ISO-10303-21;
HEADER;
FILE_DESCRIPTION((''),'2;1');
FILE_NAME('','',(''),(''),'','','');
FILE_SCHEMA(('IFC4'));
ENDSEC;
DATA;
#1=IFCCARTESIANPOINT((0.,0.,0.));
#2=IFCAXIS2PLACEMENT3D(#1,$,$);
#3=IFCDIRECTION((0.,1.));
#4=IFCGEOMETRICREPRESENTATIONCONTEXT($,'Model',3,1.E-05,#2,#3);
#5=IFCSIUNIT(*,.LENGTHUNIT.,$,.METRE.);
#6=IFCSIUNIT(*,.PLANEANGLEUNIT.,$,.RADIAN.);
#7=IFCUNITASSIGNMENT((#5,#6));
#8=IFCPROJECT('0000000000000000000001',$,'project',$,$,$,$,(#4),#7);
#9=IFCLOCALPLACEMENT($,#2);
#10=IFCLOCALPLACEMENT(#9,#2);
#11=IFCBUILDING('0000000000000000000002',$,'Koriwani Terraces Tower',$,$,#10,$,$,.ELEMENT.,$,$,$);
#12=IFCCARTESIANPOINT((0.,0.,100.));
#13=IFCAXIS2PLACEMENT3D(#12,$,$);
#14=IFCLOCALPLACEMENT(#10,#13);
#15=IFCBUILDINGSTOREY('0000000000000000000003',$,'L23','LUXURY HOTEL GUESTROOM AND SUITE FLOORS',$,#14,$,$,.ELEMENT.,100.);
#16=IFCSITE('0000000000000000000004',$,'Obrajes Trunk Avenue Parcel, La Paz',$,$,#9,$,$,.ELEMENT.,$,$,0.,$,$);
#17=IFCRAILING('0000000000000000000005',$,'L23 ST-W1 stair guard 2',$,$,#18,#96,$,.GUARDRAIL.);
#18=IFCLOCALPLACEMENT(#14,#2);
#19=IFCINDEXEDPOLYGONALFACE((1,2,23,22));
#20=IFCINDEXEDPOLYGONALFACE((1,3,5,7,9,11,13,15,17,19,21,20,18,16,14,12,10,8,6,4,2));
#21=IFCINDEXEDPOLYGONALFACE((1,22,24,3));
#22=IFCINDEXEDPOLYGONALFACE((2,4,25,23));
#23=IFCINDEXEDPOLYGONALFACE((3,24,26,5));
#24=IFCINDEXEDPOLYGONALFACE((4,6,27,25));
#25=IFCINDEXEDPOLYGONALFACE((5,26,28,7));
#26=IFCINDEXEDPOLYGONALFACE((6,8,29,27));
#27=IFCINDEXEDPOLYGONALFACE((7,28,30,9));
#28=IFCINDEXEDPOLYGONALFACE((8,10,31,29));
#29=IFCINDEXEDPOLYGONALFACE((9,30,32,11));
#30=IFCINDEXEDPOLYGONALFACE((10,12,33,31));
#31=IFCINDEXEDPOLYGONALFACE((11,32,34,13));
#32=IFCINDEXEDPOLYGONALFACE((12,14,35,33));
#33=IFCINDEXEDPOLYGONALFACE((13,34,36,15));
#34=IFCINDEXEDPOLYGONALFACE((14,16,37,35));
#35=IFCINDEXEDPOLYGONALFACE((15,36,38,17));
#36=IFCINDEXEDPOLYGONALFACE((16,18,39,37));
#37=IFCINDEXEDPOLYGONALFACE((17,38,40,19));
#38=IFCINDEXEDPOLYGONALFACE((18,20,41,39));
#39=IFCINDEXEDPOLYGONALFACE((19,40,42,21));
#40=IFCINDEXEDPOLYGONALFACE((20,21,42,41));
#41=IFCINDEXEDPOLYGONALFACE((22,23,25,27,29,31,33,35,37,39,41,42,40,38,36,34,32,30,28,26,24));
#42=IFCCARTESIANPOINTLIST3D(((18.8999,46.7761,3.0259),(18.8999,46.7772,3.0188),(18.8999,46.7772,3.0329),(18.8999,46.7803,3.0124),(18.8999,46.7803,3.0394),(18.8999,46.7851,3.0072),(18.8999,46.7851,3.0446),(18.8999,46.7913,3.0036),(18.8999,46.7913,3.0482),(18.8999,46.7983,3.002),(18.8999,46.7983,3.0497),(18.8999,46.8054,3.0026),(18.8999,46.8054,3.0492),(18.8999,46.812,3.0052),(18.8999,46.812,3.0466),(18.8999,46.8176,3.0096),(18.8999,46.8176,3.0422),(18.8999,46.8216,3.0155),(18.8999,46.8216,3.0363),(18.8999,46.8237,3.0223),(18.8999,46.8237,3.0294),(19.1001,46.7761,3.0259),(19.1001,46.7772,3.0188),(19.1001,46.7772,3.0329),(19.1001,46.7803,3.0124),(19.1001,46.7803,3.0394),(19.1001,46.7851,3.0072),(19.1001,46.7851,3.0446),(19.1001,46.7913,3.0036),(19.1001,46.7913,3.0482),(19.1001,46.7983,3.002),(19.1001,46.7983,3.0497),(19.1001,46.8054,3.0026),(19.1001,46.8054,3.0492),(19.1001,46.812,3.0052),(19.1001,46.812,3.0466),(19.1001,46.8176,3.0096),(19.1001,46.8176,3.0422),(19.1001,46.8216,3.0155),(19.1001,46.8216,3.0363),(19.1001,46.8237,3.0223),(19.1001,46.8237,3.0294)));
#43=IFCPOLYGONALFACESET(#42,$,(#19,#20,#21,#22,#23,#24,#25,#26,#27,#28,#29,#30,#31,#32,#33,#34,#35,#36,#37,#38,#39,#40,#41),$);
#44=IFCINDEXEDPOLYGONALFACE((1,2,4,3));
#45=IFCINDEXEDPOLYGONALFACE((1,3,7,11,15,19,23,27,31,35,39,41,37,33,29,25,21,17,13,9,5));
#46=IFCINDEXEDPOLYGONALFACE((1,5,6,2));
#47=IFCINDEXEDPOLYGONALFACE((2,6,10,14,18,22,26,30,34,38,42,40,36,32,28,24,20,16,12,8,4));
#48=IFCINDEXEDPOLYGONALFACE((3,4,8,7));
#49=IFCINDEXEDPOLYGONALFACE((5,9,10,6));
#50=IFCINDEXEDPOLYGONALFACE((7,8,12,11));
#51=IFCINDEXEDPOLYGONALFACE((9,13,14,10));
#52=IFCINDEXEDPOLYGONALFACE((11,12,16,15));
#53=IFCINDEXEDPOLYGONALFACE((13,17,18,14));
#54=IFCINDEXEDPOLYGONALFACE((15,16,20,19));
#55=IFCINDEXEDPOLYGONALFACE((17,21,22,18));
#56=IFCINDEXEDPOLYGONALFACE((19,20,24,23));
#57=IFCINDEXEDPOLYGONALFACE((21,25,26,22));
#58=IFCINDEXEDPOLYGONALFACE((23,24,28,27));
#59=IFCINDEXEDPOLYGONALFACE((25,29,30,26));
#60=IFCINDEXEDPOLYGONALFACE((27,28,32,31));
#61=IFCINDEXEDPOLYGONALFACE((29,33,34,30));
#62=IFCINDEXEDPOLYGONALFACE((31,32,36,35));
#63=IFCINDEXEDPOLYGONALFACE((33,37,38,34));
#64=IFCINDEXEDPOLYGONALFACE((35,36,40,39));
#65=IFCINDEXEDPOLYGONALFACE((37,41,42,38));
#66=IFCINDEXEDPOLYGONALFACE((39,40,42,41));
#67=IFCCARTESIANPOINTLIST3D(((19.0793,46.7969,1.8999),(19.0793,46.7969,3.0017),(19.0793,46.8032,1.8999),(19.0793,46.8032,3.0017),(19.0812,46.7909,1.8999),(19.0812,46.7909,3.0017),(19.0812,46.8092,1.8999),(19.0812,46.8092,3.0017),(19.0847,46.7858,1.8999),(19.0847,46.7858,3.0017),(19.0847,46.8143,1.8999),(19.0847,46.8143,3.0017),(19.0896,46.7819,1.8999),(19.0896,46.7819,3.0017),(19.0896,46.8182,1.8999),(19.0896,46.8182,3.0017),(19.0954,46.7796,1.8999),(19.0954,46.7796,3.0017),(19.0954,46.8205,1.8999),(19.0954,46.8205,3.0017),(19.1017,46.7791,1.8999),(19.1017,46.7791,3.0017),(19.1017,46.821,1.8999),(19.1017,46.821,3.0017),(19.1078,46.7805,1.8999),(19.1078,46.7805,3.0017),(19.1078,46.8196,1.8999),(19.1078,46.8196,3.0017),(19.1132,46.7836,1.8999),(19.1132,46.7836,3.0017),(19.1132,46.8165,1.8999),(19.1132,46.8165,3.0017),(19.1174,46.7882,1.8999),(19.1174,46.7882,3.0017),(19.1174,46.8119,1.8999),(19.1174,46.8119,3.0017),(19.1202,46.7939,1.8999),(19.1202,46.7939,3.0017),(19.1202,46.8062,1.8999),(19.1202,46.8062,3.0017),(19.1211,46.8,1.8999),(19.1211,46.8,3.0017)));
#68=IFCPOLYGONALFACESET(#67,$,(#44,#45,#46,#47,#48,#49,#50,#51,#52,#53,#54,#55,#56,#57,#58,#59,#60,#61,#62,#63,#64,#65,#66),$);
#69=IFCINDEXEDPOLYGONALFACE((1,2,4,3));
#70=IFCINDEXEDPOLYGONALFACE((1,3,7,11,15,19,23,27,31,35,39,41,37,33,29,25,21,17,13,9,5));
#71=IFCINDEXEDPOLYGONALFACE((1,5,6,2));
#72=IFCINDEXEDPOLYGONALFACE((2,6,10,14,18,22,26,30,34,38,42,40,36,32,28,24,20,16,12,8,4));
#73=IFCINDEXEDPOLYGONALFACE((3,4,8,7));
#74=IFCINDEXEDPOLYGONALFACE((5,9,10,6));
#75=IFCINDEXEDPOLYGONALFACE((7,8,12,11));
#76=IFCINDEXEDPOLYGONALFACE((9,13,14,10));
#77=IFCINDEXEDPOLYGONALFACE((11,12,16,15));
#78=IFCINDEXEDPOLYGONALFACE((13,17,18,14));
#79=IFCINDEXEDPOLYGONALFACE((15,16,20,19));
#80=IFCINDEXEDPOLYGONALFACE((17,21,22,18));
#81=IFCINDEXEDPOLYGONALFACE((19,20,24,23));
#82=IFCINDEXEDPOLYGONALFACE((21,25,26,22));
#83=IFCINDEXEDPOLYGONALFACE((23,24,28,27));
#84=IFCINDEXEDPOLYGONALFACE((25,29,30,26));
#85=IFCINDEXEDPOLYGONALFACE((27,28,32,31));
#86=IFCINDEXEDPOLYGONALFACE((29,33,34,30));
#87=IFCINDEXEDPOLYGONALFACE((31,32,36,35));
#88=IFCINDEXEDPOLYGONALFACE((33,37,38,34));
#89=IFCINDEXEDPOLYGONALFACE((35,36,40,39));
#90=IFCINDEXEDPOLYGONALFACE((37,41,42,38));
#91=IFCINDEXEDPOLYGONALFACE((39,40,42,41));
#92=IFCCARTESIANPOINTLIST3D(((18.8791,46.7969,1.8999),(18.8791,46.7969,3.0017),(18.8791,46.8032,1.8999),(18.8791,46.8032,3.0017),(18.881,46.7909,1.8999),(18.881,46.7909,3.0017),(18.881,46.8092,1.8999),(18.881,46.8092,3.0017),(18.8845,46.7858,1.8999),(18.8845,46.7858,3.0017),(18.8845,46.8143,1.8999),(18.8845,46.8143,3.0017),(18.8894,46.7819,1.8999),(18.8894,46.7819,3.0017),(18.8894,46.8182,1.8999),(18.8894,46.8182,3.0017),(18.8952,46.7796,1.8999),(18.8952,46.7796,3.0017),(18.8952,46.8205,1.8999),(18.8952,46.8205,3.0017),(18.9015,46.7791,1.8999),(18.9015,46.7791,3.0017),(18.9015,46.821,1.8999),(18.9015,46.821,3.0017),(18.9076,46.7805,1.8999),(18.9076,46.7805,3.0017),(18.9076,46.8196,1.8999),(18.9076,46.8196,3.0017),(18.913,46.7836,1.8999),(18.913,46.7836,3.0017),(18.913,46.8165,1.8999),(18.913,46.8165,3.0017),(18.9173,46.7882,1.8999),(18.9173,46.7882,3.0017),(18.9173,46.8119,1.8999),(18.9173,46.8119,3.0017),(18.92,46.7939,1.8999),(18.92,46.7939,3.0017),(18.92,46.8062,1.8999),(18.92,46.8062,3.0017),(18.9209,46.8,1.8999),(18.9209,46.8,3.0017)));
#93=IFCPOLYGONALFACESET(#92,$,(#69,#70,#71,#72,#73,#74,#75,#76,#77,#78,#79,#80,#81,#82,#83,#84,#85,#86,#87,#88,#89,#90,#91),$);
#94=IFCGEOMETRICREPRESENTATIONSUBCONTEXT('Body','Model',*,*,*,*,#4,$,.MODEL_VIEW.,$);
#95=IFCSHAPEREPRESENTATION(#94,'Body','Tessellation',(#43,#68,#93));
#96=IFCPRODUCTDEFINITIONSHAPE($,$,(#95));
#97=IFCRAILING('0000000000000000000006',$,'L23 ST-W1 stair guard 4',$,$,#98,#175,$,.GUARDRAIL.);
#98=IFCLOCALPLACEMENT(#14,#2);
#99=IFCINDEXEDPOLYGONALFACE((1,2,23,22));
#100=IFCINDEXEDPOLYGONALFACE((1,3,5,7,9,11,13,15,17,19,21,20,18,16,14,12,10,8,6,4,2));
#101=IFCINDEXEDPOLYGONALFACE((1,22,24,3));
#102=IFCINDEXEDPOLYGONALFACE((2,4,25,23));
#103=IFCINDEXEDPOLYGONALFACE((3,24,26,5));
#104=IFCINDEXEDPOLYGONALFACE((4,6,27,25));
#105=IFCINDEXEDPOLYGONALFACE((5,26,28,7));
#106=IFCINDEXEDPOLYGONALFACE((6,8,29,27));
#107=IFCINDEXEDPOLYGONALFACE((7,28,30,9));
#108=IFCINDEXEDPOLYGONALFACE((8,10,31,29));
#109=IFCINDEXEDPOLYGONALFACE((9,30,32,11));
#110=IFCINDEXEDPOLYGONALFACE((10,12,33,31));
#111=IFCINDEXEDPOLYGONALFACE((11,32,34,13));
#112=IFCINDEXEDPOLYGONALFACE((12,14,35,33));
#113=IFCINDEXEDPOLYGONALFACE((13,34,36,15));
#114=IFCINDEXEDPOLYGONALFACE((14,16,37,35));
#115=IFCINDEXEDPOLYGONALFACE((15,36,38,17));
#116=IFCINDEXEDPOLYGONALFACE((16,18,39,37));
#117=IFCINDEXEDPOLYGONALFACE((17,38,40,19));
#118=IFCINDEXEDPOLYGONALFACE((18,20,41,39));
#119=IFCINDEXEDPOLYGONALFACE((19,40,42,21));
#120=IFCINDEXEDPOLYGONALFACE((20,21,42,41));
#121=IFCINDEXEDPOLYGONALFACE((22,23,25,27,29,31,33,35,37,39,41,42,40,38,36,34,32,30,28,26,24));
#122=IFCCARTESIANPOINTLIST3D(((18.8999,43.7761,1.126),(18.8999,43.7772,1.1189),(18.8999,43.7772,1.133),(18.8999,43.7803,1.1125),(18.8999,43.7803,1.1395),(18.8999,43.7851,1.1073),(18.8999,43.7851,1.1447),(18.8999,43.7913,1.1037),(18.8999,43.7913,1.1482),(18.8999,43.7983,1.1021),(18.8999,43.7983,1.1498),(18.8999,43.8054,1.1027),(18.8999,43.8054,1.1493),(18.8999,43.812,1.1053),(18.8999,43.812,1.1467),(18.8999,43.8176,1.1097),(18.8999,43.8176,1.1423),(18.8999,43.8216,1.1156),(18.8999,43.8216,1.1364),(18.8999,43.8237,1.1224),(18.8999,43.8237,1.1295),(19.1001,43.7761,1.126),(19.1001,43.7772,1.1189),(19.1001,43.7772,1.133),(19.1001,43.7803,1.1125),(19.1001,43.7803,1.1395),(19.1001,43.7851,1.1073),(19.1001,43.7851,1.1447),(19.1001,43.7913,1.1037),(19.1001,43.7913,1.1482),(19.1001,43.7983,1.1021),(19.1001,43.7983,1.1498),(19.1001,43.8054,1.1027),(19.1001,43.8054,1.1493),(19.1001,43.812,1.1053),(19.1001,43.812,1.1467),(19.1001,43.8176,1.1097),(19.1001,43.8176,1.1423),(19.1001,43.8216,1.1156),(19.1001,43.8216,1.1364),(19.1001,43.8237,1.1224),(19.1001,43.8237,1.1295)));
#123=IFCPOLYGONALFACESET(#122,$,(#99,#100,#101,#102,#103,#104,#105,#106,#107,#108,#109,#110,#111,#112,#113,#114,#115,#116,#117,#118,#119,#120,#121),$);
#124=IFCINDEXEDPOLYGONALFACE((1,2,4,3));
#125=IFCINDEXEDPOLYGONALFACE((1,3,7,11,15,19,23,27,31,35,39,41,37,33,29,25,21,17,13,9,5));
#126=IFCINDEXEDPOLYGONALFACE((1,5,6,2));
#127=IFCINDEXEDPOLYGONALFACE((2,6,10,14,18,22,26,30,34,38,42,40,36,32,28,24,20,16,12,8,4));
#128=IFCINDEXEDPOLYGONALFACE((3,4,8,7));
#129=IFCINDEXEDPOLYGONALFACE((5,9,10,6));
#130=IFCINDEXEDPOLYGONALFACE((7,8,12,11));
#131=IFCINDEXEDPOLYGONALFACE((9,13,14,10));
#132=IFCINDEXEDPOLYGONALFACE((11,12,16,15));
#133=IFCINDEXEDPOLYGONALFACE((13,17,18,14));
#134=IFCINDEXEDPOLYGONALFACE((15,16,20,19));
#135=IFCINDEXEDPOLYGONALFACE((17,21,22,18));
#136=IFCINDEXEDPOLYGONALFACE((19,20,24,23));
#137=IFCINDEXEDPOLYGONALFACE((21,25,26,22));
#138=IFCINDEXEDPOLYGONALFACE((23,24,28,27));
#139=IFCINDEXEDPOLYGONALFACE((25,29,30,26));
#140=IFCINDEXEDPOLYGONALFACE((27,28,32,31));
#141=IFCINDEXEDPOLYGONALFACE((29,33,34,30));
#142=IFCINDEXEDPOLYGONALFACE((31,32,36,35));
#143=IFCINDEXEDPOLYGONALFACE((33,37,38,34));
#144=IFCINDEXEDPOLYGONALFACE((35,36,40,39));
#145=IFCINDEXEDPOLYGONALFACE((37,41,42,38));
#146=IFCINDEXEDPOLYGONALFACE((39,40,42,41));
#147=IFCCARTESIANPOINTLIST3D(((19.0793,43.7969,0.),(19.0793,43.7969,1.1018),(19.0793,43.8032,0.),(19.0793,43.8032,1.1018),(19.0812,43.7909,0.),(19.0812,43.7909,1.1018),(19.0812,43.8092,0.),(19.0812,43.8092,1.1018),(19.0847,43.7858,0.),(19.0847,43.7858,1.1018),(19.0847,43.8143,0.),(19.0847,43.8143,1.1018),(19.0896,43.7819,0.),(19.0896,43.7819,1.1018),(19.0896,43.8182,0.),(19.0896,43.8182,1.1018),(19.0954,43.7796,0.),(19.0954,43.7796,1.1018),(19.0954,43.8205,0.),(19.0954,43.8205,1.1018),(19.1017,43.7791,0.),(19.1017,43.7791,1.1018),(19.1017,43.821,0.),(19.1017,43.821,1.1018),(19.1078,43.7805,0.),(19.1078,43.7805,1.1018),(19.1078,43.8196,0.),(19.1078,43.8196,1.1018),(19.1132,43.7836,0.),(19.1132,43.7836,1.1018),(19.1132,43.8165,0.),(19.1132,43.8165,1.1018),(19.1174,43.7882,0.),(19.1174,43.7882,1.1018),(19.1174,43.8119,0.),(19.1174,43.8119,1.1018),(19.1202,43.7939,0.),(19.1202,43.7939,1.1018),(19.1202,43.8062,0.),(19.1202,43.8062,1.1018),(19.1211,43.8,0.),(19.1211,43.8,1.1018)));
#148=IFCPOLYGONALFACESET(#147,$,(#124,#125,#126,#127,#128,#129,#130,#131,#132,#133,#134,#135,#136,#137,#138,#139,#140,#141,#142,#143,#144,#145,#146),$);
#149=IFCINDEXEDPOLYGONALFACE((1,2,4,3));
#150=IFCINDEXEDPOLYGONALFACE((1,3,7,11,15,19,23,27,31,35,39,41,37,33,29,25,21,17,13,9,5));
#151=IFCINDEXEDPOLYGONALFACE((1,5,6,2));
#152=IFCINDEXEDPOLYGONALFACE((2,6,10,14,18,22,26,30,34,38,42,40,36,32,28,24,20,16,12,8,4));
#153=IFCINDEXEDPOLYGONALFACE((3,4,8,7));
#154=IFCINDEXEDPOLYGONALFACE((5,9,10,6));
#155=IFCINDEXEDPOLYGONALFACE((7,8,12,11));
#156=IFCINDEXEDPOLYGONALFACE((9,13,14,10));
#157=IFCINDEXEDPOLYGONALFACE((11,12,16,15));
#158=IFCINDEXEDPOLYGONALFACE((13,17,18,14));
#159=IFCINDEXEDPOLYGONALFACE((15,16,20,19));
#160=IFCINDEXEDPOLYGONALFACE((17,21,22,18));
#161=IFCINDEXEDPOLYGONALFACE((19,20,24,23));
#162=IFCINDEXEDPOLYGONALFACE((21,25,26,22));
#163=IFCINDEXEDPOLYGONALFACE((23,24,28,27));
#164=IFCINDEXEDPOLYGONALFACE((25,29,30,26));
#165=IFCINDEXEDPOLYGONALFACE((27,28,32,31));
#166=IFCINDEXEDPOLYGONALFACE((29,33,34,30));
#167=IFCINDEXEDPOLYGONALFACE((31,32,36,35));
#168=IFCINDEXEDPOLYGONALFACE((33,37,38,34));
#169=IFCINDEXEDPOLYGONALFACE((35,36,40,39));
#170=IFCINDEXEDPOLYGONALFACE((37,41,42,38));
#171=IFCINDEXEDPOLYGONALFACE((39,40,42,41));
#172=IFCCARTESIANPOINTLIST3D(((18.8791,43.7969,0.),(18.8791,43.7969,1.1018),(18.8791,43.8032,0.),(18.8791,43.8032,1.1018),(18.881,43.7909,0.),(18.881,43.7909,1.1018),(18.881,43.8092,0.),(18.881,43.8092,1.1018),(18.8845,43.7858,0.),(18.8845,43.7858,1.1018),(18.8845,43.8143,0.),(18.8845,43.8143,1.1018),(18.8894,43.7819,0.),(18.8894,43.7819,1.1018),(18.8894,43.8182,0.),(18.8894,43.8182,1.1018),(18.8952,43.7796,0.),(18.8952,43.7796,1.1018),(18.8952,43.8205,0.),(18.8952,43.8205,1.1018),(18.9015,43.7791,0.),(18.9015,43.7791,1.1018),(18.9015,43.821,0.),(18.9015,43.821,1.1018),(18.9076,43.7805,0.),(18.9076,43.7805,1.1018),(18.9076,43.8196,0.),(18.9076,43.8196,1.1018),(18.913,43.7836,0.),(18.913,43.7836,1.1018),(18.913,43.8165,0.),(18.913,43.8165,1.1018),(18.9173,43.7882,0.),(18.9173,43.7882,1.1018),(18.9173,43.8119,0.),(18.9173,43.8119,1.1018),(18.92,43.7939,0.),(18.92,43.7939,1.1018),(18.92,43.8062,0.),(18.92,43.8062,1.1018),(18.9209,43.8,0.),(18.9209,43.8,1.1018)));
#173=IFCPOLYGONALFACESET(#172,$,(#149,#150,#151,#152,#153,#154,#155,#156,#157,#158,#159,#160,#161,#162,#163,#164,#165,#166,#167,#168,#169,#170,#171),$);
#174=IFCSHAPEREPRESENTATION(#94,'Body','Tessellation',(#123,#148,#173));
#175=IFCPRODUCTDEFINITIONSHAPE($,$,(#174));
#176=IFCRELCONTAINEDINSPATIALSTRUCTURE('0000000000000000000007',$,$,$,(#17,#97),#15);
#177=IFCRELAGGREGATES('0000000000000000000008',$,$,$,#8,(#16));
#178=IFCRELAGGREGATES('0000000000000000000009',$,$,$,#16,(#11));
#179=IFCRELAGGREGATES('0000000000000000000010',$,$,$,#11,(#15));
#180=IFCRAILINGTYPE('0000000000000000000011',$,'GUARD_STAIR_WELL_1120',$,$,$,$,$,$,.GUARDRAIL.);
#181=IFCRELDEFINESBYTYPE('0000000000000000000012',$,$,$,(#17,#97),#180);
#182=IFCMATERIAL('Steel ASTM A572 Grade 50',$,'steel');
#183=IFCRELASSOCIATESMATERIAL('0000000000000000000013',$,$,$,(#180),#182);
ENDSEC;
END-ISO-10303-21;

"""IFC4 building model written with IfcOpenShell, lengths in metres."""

from ifc_helpers import new_model, si_unit, direction, frame, origin, origin_2d, place, context, subcontext, project, spatial, circle, extrude, material, type_object, element, save


model = new_model("IFC4")

# Units and contexts
model_context = context("Model", 3, precision=1e-05, world=origin(), true_north=direction((0.0, 1.0)))
body_context = subcontext(model_context, "Body", "Model", "MODEL_VIEW")
ifc_project = project(units=[si_unit("LENGTHUNIT", "METRE"), si_unit("PLANEANGLEUNIT", "RADIAN")], contexts=[model_context])

# Site, building, storey
site_placement = place(None, origin())
site = spatial("IfcSite", under=ifc_project, at=site_placement, Name="Obrajes Trunk Avenue Parcel, La Paz", CompositionType="ELEMENT", RefElevation=0.0)
building_placement = place(site_placement, origin())
building = spatial("IfcBuilding", under=site, at=building_placement, Name="Koriwani Terraces Tower", CompositionType="ELEMENT")
storey_placement = place(building_placement, frame((0.0, 0.0, 100.0)))
storey = spatial("IfcBuildingStorey", under=building, at=storey_placement, Name="L23", Description="LUXURY HOTEL GUESTROOM AND SUITE FLOORS", CompositionType="ELEMENT", Elevation=100.0)

# Shared definitions
ifc_material_1 = material(Name="Steel ASTM A572 Grade 50", Category="steel")

# Railings
railing_type_1 = type_object("IfcRailingType", Name="GUARD_STAIR_WELL_1120", PredefinedType="GUARDRAIL", material=ifc_material_1)
for number, where, name in (
    (1, (19.1001, 46.8, 1.8999), "L23 ST-W1 stair guard 2"),
    (2, (19.1001, 43.8, 0.0), "L23 ST-W1 stair guard 4"),
):
    element("IfcRailing", number, at=place(storey_placement, frame(where)), inside=storey, type_object=railing_type_1, Name=name, PredefinedType="GUARDRAIL", context=body_context, shape_type="SweptSolid", body=[
        extrude(circle(Radius=0.0239, at=origin_2d()), frame((0.0, 0.0, 1.126), z_axis=(-1.0, 0.0, 0.0), x_axis=(0.0, -1.0, 0.0)), (0.0, 0.0, 1.0), 0.2002),
        extrude(circle(Radius=0.021, at=origin_2d()), origin(), (0.0, 0.0, 1.0), 1.1018),
        extrude(circle(Radius=0.021, at=origin_2d()), frame((-0.2002, 0.0, 0.0)), (0.0, 0.0, 1.0), 1.1018),
    ])

save(model, "model.ifc")
